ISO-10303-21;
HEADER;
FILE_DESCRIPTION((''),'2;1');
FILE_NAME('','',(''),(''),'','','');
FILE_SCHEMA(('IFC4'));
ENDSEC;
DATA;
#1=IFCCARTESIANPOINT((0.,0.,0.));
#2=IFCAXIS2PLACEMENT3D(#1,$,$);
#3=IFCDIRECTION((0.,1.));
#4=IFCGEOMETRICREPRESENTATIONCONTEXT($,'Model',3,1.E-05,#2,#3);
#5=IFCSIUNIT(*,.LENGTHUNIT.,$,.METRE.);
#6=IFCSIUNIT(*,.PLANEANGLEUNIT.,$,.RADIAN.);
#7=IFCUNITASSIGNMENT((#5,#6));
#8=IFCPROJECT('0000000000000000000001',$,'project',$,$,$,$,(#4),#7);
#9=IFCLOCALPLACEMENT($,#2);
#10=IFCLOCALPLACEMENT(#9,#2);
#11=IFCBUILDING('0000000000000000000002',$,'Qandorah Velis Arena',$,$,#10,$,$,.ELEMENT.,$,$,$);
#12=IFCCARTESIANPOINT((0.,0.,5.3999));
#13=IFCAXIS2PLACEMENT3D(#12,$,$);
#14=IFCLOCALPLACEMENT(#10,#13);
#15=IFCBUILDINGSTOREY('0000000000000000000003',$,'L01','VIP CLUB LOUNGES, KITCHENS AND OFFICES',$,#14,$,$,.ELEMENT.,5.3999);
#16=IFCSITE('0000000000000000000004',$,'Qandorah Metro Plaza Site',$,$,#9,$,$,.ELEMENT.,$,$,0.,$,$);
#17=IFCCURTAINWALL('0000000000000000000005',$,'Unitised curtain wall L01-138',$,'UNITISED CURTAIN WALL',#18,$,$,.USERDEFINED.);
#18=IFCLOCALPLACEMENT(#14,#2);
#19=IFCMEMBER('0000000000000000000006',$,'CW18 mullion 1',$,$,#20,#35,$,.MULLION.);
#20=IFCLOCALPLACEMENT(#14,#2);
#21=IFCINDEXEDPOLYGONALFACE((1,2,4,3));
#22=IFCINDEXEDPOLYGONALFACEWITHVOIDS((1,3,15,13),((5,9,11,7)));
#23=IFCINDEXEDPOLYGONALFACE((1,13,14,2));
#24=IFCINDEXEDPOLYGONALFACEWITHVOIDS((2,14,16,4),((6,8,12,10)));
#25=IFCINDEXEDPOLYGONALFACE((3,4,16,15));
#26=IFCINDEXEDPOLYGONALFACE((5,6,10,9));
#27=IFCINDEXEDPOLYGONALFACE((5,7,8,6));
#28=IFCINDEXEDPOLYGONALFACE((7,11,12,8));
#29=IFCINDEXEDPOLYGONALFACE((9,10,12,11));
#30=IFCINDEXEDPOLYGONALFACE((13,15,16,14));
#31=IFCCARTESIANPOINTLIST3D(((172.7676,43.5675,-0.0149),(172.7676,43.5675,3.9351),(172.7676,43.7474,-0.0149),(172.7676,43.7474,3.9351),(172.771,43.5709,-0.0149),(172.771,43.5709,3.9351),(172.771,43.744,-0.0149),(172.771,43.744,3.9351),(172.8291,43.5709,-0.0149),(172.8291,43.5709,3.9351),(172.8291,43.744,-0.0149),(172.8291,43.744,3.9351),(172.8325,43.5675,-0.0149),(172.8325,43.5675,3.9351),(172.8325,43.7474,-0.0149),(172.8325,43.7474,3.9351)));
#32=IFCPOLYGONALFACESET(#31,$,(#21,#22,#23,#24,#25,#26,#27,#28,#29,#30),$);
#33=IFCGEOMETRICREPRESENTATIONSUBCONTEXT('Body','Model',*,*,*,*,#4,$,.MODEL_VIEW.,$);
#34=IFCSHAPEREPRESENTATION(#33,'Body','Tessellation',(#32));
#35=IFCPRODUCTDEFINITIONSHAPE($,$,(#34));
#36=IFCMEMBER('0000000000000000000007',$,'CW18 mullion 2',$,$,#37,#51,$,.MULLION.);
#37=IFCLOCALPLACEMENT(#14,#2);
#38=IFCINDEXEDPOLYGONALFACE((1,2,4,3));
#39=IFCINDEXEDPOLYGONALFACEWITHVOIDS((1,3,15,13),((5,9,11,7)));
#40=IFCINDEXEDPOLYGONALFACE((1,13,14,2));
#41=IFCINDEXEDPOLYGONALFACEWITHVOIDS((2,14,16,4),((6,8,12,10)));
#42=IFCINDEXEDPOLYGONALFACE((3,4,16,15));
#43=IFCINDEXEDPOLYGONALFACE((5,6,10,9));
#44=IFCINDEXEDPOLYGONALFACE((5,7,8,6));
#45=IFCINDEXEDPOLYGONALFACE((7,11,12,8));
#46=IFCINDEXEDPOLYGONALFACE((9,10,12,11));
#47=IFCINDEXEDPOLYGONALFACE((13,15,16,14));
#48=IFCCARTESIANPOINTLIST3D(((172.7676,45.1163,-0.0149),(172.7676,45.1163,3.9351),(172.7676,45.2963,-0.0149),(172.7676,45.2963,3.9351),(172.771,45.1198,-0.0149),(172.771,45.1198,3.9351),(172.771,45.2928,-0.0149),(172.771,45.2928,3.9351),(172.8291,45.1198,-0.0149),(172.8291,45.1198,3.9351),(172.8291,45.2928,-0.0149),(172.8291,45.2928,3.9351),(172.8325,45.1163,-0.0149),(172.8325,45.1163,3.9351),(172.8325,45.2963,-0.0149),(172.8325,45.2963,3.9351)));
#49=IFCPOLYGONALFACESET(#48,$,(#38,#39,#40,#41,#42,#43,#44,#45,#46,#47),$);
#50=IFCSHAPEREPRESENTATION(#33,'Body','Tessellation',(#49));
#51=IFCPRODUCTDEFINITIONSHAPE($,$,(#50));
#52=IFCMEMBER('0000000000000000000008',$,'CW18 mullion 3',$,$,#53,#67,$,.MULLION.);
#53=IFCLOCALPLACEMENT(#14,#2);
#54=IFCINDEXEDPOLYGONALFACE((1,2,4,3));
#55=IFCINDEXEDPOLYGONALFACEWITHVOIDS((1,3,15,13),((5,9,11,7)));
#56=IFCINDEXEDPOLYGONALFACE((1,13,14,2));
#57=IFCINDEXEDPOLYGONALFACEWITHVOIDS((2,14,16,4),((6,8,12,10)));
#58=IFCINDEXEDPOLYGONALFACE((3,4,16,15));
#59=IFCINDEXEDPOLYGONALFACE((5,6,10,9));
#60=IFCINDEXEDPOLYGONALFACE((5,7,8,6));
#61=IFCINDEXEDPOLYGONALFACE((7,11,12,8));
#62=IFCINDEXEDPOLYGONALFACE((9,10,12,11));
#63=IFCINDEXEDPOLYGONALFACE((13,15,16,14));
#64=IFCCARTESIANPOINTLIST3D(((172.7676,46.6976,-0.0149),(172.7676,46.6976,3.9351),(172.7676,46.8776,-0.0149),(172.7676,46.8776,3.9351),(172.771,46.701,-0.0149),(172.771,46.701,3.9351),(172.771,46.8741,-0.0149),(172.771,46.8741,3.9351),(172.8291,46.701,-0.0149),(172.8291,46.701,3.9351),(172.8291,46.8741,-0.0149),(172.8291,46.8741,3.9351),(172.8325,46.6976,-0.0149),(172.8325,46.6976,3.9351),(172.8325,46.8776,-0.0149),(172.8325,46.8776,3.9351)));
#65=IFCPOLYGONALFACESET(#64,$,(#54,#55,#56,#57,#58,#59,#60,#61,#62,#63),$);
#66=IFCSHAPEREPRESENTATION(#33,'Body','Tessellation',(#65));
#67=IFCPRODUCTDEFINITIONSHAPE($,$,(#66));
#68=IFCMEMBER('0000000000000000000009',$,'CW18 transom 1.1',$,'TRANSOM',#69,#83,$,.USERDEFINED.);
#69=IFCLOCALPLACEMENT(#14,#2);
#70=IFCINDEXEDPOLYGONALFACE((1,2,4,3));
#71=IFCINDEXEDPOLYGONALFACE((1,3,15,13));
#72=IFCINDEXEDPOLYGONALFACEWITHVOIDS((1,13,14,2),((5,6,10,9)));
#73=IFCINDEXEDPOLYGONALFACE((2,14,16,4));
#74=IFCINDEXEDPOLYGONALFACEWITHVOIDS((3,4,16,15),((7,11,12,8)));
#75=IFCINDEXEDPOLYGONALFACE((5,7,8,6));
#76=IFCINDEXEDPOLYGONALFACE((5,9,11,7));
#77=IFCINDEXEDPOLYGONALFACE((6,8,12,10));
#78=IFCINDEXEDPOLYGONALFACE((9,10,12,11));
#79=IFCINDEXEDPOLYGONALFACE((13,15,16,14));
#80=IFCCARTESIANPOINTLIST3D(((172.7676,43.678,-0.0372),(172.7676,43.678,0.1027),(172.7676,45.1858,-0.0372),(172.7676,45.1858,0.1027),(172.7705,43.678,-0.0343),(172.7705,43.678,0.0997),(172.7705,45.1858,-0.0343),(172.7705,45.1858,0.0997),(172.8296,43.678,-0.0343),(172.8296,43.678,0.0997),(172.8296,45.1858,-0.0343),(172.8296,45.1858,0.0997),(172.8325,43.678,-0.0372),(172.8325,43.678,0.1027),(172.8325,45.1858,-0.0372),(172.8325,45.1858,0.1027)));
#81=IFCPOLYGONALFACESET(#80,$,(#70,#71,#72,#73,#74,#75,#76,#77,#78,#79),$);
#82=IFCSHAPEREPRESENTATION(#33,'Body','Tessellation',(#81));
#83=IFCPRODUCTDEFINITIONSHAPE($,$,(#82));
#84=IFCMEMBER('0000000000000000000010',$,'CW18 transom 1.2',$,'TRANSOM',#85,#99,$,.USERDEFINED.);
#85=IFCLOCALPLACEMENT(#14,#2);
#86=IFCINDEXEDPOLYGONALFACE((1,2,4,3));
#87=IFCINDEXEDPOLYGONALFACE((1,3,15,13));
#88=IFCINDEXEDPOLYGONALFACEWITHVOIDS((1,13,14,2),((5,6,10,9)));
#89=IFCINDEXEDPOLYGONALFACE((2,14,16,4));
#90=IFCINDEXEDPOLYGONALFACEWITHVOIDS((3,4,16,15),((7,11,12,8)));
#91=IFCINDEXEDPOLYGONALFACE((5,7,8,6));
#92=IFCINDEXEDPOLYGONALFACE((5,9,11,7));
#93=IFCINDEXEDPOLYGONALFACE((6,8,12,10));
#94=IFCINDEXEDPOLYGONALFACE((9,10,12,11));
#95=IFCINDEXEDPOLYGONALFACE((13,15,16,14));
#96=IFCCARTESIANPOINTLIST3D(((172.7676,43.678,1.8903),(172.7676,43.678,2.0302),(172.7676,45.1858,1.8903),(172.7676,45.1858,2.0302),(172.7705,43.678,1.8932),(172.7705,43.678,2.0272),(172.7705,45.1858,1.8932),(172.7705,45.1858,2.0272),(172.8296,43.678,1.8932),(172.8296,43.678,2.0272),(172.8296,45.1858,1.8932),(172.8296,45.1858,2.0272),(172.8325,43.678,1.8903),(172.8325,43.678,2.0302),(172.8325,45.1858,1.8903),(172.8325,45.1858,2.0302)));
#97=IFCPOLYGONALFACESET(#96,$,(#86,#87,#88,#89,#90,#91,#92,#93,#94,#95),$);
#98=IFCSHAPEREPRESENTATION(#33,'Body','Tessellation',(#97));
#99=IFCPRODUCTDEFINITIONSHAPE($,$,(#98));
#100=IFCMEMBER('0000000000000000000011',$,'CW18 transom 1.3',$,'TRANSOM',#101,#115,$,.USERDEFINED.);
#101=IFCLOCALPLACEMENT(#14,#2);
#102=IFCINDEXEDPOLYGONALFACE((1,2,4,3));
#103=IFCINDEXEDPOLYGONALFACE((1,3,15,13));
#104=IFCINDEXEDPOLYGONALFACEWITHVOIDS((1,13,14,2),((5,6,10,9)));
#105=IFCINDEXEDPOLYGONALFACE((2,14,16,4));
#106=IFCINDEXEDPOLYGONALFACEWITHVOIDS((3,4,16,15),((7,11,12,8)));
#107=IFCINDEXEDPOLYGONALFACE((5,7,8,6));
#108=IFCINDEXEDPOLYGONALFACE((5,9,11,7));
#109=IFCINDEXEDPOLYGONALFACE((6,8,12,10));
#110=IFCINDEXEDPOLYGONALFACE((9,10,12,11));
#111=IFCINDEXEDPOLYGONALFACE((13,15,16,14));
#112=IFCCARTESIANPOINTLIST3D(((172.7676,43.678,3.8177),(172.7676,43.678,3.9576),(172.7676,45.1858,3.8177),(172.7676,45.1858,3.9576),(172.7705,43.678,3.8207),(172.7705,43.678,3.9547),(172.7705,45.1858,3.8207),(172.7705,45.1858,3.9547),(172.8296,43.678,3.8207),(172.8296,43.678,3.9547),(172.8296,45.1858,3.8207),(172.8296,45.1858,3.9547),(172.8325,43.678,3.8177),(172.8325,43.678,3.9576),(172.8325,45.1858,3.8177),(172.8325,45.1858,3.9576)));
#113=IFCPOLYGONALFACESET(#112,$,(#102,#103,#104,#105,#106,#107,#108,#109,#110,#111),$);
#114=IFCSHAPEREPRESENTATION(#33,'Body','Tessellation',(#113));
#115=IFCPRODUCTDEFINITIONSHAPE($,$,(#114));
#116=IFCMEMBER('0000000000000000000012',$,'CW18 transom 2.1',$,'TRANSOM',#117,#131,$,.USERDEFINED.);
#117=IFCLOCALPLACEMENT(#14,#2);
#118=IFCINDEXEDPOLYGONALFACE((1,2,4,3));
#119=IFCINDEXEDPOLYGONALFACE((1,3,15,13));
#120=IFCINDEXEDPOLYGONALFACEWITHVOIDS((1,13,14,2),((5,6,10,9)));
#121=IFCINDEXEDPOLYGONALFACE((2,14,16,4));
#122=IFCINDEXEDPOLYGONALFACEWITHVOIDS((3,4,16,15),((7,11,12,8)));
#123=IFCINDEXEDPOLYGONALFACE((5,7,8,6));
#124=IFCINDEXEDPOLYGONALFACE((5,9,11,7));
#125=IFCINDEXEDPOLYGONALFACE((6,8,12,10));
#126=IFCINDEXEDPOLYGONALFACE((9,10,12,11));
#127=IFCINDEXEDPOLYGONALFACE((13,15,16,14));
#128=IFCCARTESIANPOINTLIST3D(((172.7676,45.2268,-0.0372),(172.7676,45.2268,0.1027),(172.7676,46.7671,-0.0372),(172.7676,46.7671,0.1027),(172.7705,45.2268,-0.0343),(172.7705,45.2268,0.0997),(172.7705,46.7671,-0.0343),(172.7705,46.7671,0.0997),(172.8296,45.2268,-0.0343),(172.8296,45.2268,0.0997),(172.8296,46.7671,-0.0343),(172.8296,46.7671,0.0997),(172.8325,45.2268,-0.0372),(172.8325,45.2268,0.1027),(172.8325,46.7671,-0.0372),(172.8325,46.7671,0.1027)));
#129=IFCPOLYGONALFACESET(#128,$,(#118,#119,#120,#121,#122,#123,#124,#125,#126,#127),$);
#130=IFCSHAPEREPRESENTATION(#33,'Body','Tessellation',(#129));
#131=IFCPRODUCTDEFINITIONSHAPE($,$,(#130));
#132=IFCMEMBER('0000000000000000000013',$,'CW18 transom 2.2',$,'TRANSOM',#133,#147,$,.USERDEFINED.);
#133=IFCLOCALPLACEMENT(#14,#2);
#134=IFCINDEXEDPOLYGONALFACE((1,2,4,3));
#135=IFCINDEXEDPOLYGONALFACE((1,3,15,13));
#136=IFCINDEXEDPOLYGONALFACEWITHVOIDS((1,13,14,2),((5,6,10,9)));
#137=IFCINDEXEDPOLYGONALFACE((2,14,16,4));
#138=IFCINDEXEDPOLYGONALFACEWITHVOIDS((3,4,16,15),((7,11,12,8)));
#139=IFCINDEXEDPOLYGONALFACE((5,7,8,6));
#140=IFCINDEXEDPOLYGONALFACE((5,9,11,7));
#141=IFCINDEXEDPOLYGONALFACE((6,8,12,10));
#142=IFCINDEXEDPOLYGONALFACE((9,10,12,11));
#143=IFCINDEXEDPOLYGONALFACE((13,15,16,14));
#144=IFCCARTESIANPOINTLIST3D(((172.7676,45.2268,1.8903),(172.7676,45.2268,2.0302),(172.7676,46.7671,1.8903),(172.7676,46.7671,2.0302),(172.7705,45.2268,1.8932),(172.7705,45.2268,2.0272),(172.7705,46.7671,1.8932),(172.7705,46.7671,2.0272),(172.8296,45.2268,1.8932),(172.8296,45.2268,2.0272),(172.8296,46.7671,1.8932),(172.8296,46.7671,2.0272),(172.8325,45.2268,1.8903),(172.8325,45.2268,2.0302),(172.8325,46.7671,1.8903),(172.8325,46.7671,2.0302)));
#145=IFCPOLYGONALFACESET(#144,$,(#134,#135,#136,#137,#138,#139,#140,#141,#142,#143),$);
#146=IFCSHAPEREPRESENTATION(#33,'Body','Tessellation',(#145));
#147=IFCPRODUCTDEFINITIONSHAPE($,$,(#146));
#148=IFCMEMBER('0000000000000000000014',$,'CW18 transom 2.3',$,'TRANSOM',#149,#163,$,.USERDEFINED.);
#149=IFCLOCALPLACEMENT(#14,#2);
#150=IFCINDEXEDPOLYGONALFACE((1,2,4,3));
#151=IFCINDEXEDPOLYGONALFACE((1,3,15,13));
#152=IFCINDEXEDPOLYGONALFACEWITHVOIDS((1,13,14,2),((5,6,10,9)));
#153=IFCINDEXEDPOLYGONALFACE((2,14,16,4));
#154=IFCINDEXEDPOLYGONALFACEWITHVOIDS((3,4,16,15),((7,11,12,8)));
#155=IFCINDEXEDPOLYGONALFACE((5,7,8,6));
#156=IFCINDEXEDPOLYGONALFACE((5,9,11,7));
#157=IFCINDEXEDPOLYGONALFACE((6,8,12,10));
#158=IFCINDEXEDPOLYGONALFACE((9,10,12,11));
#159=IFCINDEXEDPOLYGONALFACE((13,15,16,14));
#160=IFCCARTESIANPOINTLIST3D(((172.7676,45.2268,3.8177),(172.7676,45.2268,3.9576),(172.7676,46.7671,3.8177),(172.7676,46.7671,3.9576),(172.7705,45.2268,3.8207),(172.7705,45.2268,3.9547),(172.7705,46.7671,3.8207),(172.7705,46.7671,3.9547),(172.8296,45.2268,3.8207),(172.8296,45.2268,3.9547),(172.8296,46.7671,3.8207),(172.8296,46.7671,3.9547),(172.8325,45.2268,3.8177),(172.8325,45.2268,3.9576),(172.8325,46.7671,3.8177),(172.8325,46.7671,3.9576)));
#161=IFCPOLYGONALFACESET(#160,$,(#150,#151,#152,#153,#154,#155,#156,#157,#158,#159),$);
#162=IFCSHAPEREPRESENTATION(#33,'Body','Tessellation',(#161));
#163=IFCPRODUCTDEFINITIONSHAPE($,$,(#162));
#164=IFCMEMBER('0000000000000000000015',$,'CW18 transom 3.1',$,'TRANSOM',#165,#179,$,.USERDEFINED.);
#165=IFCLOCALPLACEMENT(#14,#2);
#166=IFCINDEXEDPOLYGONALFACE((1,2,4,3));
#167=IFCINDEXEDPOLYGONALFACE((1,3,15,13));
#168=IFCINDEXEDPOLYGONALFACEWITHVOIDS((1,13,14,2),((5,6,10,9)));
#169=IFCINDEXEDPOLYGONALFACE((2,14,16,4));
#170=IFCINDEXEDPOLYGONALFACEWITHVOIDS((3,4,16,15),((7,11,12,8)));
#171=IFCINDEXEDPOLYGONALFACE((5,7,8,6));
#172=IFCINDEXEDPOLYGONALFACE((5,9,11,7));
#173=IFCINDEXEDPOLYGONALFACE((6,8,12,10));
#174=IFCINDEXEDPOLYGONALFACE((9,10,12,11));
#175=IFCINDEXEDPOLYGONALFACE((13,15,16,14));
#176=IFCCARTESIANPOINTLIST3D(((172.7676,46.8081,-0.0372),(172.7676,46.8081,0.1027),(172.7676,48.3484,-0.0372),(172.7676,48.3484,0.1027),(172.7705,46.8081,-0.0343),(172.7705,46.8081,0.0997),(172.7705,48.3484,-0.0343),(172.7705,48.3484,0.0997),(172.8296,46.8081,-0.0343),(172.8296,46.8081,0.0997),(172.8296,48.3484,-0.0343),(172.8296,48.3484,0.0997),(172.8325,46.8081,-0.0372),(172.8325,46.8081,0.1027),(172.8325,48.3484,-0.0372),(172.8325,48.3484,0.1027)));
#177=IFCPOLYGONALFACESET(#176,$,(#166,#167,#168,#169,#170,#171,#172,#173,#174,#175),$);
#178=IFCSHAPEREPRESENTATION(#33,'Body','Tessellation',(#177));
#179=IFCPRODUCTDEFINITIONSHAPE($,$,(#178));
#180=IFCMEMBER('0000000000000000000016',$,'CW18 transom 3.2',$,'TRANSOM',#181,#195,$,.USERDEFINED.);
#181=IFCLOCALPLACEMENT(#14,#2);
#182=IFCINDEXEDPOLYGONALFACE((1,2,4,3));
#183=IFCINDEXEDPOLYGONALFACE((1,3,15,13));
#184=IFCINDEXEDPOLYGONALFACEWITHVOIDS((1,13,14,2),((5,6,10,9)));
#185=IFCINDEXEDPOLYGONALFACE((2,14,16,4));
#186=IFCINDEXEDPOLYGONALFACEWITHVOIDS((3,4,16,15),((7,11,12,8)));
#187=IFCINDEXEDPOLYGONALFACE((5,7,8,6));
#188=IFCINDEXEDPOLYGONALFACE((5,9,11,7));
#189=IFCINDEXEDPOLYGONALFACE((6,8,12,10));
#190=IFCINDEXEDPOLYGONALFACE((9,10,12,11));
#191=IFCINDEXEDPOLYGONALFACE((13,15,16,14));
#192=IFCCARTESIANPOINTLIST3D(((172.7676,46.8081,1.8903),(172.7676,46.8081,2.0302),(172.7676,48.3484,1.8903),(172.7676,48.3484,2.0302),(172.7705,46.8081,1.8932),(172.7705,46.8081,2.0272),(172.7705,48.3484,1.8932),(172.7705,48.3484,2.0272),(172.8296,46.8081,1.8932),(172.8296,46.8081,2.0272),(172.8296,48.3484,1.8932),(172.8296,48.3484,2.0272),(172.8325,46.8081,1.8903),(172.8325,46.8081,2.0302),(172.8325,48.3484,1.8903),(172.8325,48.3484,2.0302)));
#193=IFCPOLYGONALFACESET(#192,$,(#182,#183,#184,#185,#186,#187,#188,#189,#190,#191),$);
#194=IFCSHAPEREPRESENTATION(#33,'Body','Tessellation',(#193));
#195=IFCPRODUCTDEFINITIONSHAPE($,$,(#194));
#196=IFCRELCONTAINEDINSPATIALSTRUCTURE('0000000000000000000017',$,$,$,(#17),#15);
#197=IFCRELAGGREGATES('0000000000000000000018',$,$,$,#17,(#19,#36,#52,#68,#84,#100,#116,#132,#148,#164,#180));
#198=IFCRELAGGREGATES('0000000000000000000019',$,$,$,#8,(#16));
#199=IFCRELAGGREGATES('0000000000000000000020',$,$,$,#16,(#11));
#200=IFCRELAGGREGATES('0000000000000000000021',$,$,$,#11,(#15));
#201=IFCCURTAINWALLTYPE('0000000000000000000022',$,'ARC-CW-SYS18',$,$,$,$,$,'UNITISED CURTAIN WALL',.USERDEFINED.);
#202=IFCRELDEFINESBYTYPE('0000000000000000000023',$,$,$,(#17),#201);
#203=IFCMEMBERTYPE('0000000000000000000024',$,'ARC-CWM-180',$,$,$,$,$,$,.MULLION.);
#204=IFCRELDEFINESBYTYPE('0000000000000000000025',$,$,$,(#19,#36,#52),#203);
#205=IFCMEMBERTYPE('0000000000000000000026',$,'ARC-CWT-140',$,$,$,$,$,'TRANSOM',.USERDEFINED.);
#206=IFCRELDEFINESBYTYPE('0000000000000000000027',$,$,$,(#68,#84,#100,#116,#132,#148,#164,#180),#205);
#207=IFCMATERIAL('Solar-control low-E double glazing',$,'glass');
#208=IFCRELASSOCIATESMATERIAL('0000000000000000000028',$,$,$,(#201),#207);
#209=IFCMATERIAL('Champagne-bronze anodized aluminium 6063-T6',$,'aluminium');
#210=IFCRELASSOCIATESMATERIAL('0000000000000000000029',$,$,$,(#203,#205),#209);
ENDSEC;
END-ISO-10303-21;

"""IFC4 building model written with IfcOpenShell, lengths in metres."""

from ifc_helpers import new_model, si_unit, direction, frame, origin, origin_2d, place, context, subcontext, project, spatial, hollow_rectangle, extrude, material, material_profile, profile_set, type_object, element, aggregate, save


model = new_model("IFC4")

# Units and contexts
model_context = context("Model", 3, precision=1e-05, world=origin(), true_north=direction((0.0, 1.0)))
body_context = subcontext(model_context, "Body", "Model", "MODEL_VIEW")
ifc_project = project(units=[si_unit("LENGTHUNIT", "METRE"), si_unit("PLANEANGLEUNIT", "RADIAN")], contexts=[model_context])

# Site, building, storey
site_placement = place(None, origin())
site = spatial("IfcSite", under=ifc_project, at=site_placement, Name="Qandorah Metro Plaza Site", CompositionType="ELEMENT", RefElevation=0.0)
building_placement = place(site_placement, origin())
building = spatial("IfcBuilding", under=site, at=building_placement, Name="Qandorah Velis Arena", CompositionType="ELEMENT")
storey_placement = place(building_placement, frame((0.0, 0.0, 5.3999)))
storey = spatial("IfcBuildingStorey", under=building, at=storey_placement, Name="L01", Description="VIP CLUB LOUNGES, KITCHENS AND OFFICES", CompositionType="ELEMENT", Elevation=5.3999)

# Curtain wall, members
ifc_material_1 = material(Name="Solar-control low-E double glazing", Category="glass")
curtain_wall_type = type_object("IfcCurtainWallType", Name="ARC-CW-SYS18", ElementType="UNITISED CURTAIN WALL", PredefinedType="USERDEFINED", material=ifc_material_1)
curtain_wall_placement = place(storey_placement, origin())
curtain_wall = element("IfcCurtainWall", 1, at=curtain_wall_placement, inside=storey, type_object=curtain_wall_type, Name="Unitised curtain wall L01-138", ObjectType="UNITISED CURTAIN WALL", PredefinedType="USERDEFINED")
ifc_material_2 = material(Name="Champagne-bronze anodized aluminium 6063-T6", Category="aluminium")
ifc_material_profile_1 = material_profile(ifc_material_2, hollow_rectangle(XDim=0.0649, YDim=0.1799, WallThickness=0.0034, at=origin_2d()), Name="ALU MULLION 65x180")
ifc_profile_set_1 = profile_set([ifc_material_profile_1], Name="Champagne-bronze anodized aluminium 6063-T6")
member_type_1 = type_object("IfcMemberType", Name="ARC-CWM-180", PredefinedType="MULLION", material=ifc_profile_set_1)
member_1_placement = place(storey_placement, frame((172.8, 43.6575, -0.0149), z_axis=(0.0, 0.0, 1.0), x_axis=(-1.0, 0.0, 0.0)))
member_1 = element("IfcMember", 2, at=member_1_placement, type_object=member_type_1, Name="CW18 mullion 1", PredefinedType="MULLION", context=body_context, shape_type="SweptSolid", body=[
    extrude(hollow_rectangle(XDim=0.0649, YDim=0.1799, WallThickness=0.0034, at=origin_2d()), origin(), (0.0, 0.0, 1.0), 3.95),
])
member_2_placement = place(storey_placement, frame((172.8, 45.2063, -0.0149), z_axis=(0.0, 0.0, 1.0), x_axis=(-1.0, 0.0, 0.0)))
member_2 = element("IfcMember", 3, at=member_2_placement, type_object=member_type_1, Name="CW18 mullion 2", PredefinedType="MULLION", context=body_context, shape_type="SweptSolid", body=[
    extrude(hollow_rectangle(XDim=0.0649, YDim=0.1799, WallThickness=0.0034, at=origin_2d()), origin(), (0.0, 0.0, 1.0), 3.95),
])
member_3_placement = place(storey_placement, frame((172.8, 46.7876, -0.0149), z_axis=(0.0, 0.0, 1.0), x_axis=(-1.0, 0.0, 0.0)))
member_3 = element("IfcMember", 4, at=member_3_placement, type_object=member_type_1, Name="CW18 mullion 3", PredefinedType="MULLION", context=body_context, shape_type="SweptSolid", body=[
    extrude(hollow_rectangle(XDim=0.0649, YDim=0.1799, WallThickness=0.0034, at=origin_2d()), origin(), (0.0, 0.0, 1.0), 3.95),
])
ifc_material_profile_2 = material_profile(ifc_material_2, hollow_rectangle(XDim=0.0649, YDim=0.1399, WallThickness=0.0029, at=origin_2d()), Name="ALU TRANSOM 65x140")
ifc_profile_set_2 = profile_set([ifc_material_profile_2], Name="Champagne-bronze anodized aluminium 6063-T6")
member_type_2 = type_object("IfcMemberType", Name="ARC-CWT-140", ElementType="TRANSOM", PredefinedType="USERDEFINED", material=ifc_profile_set_2)
member_4_placement = place(storey_placement, frame((172.8, 43.678, 0.0327), z_axis=(0.0, 1.0, 0.0), x_axis=(-1.0, 0.0, 0.0)))
member_4 = element("IfcMember", 5, at=member_4_placement, type_object=member_type_2, Name="CW18 transom 1.1", ObjectType="TRANSOM", PredefinedType="USERDEFINED", context=body_context, shape_type="SweptSolid", body=[
    extrude(hollow_rectangle(XDim=0.0649, YDim=0.1399, WallThickness=0.0029, at=origin_2d()), origin(), (0.0, 0.0, 1.0), 1.5078),
])
member_5_placement = place(storey_placement, frame((172.8, 43.678, 1.9602), z_axis=(0.0, 1.0, 0.0), x_axis=(-1.0, 0.0, 0.0)))
member_5 = element("IfcMember", 6, at=member_5_placement, type_object=member_type_2, Name="CW18 transom 1.2", ObjectType="TRANSOM", PredefinedType="USERDEFINED", context=body_context, shape_type="SweptSolid", body=[
    extrude(hollow_rectangle(XDim=0.0649, YDim=0.1399, WallThickness=0.0029, at=origin_2d()), origin(), (0.0, 0.0, 1.0), 1.5078),
])
member_6_placement = place(storey_placement, frame((172.8, 43.678, 3.8877), z_axis=(0.0, 1.0, 0.0), x_axis=(-1.0, 0.0, 0.0)))
member_6 = element("IfcMember", 7, at=member_6_placement, type_object=member_type_2, Name="CW18 transom 1.3", ObjectType="TRANSOM", PredefinedType="USERDEFINED", context=body_context, shape_type="SweptSolid", body=[
    extrude(hollow_rectangle(XDim=0.0649, YDim=0.1399, WallThickness=0.0029, at=origin_2d()), origin(), (0.0, 0.0, 1.0), 1.5078),
])
member_7_placement = place(storey_placement, frame((172.8, 45.2268, 0.0327), z_axis=(0.0, 1.0, 0.0), x_axis=(-1.0, 0.0, 0.0)))
member_7 = element("IfcMember", 8, at=member_7_placement, type_object=member_type_2, Name="CW18 transom 2.1", ObjectType="TRANSOM", PredefinedType="USERDEFINED", context=body_context, shape_type="SweptSolid", body=[
    extrude(hollow_rectangle(XDim=0.0649, YDim=0.1399, WallThickness=0.0029, at=origin_2d()), origin(), (0.0, 0.0, 1.0), 1.5403),
])
member_8_placement = place(storey_placement, frame((172.8, 45.2268, 1.9602), z_axis=(0.0, 1.0, 0.0), x_axis=(-1.0, 0.0, 0.0)))
member_8 = element("IfcMember", 9, at=member_8_placement, type_object=member_type_2, Name="CW18 transom 2.2", ObjectType="TRANSOM", PredefinedType="USERDEFINED", context=body_context, shape_type="SweptSolid", body=[
    extrude(hollow_rectangle(XDim=0.0649, YDim=0.1399, WallThickness=0.0029, at=origin_2d()), origin(), (0.0, 0.0, 1.0), 1.5403),
])
member_9_placement = place(storey_placement, frame((172.8, 45.2268, 3.8877), z_axis=(0.0, 1.0, 0.0), x_axis=(-1.0, 0.0, 0.0)))
member_9 = element("IfcMember", 10, at=member_9_placement, type_object=member_type_2, Name="CW18 transom 2.3", ObjectType="TRANSOM", PredefinedType="USERDEFINED", context=body_context, shape_type="SweptSolid", body=[
    extrude(hollow_rectangle(XDim=0.0649, YDim=0.1399, WallThickness=0.0029, at=origin_2d()), origin(), (0.0, 0.0, 1.0), 1.5403),
])
member_10_placement = place(storey_placement, frame((172.8, 46.8081, 0.0327), z_axis=(0.0, 1.0, 0.0), x_axis=(-1.0, 0.0, 0.0)))
member_10 = element("IfcMember", 11, at=member_10_placement, type_object=member_type_2, Name="CW18 transom 3.1", ObjectType="TRANSOM", PredefinedType="USERDEFINED", context=body_context, shape_type="SweptSolid", body=[
    extrude(hollow_rectangle(XDim=0.0649, YDim=0.1399, WallThickness=0.0029, at=origin_2d()), origin(), (0.0, 0.0, 1.0), 1.5403),
])
member_11_placement = place(storey_placement, frame((172.8, 46.8081, 1.9602), z_axis=(0.0, 1.0, 0.0), x_axis=(-1.0, 0.0, 0.0)))
member_11 = element("IfcMember", 12, at=member_11_placement, type_object=member_type_2, Name="CW18 transom 3.2", ObjectType="TRANSOM", PredefinedType="USERDEFINED", context=body_context, shape_type="SweptSolid", body=[
    extrude(hollow_rectangle(XDim=0.0649, YDim=0.1399, WallThickness=0.0029, at=origin_2d()), origin(), (0.0, 0.0, 1.0), 1.5403),
])

aggregate(curtain_wall, [member_1, member_2, member_3, member_4, member_5, member_6, member_7, member_8, member_9, member_10, member_11])

save(model, "model.ifc")
